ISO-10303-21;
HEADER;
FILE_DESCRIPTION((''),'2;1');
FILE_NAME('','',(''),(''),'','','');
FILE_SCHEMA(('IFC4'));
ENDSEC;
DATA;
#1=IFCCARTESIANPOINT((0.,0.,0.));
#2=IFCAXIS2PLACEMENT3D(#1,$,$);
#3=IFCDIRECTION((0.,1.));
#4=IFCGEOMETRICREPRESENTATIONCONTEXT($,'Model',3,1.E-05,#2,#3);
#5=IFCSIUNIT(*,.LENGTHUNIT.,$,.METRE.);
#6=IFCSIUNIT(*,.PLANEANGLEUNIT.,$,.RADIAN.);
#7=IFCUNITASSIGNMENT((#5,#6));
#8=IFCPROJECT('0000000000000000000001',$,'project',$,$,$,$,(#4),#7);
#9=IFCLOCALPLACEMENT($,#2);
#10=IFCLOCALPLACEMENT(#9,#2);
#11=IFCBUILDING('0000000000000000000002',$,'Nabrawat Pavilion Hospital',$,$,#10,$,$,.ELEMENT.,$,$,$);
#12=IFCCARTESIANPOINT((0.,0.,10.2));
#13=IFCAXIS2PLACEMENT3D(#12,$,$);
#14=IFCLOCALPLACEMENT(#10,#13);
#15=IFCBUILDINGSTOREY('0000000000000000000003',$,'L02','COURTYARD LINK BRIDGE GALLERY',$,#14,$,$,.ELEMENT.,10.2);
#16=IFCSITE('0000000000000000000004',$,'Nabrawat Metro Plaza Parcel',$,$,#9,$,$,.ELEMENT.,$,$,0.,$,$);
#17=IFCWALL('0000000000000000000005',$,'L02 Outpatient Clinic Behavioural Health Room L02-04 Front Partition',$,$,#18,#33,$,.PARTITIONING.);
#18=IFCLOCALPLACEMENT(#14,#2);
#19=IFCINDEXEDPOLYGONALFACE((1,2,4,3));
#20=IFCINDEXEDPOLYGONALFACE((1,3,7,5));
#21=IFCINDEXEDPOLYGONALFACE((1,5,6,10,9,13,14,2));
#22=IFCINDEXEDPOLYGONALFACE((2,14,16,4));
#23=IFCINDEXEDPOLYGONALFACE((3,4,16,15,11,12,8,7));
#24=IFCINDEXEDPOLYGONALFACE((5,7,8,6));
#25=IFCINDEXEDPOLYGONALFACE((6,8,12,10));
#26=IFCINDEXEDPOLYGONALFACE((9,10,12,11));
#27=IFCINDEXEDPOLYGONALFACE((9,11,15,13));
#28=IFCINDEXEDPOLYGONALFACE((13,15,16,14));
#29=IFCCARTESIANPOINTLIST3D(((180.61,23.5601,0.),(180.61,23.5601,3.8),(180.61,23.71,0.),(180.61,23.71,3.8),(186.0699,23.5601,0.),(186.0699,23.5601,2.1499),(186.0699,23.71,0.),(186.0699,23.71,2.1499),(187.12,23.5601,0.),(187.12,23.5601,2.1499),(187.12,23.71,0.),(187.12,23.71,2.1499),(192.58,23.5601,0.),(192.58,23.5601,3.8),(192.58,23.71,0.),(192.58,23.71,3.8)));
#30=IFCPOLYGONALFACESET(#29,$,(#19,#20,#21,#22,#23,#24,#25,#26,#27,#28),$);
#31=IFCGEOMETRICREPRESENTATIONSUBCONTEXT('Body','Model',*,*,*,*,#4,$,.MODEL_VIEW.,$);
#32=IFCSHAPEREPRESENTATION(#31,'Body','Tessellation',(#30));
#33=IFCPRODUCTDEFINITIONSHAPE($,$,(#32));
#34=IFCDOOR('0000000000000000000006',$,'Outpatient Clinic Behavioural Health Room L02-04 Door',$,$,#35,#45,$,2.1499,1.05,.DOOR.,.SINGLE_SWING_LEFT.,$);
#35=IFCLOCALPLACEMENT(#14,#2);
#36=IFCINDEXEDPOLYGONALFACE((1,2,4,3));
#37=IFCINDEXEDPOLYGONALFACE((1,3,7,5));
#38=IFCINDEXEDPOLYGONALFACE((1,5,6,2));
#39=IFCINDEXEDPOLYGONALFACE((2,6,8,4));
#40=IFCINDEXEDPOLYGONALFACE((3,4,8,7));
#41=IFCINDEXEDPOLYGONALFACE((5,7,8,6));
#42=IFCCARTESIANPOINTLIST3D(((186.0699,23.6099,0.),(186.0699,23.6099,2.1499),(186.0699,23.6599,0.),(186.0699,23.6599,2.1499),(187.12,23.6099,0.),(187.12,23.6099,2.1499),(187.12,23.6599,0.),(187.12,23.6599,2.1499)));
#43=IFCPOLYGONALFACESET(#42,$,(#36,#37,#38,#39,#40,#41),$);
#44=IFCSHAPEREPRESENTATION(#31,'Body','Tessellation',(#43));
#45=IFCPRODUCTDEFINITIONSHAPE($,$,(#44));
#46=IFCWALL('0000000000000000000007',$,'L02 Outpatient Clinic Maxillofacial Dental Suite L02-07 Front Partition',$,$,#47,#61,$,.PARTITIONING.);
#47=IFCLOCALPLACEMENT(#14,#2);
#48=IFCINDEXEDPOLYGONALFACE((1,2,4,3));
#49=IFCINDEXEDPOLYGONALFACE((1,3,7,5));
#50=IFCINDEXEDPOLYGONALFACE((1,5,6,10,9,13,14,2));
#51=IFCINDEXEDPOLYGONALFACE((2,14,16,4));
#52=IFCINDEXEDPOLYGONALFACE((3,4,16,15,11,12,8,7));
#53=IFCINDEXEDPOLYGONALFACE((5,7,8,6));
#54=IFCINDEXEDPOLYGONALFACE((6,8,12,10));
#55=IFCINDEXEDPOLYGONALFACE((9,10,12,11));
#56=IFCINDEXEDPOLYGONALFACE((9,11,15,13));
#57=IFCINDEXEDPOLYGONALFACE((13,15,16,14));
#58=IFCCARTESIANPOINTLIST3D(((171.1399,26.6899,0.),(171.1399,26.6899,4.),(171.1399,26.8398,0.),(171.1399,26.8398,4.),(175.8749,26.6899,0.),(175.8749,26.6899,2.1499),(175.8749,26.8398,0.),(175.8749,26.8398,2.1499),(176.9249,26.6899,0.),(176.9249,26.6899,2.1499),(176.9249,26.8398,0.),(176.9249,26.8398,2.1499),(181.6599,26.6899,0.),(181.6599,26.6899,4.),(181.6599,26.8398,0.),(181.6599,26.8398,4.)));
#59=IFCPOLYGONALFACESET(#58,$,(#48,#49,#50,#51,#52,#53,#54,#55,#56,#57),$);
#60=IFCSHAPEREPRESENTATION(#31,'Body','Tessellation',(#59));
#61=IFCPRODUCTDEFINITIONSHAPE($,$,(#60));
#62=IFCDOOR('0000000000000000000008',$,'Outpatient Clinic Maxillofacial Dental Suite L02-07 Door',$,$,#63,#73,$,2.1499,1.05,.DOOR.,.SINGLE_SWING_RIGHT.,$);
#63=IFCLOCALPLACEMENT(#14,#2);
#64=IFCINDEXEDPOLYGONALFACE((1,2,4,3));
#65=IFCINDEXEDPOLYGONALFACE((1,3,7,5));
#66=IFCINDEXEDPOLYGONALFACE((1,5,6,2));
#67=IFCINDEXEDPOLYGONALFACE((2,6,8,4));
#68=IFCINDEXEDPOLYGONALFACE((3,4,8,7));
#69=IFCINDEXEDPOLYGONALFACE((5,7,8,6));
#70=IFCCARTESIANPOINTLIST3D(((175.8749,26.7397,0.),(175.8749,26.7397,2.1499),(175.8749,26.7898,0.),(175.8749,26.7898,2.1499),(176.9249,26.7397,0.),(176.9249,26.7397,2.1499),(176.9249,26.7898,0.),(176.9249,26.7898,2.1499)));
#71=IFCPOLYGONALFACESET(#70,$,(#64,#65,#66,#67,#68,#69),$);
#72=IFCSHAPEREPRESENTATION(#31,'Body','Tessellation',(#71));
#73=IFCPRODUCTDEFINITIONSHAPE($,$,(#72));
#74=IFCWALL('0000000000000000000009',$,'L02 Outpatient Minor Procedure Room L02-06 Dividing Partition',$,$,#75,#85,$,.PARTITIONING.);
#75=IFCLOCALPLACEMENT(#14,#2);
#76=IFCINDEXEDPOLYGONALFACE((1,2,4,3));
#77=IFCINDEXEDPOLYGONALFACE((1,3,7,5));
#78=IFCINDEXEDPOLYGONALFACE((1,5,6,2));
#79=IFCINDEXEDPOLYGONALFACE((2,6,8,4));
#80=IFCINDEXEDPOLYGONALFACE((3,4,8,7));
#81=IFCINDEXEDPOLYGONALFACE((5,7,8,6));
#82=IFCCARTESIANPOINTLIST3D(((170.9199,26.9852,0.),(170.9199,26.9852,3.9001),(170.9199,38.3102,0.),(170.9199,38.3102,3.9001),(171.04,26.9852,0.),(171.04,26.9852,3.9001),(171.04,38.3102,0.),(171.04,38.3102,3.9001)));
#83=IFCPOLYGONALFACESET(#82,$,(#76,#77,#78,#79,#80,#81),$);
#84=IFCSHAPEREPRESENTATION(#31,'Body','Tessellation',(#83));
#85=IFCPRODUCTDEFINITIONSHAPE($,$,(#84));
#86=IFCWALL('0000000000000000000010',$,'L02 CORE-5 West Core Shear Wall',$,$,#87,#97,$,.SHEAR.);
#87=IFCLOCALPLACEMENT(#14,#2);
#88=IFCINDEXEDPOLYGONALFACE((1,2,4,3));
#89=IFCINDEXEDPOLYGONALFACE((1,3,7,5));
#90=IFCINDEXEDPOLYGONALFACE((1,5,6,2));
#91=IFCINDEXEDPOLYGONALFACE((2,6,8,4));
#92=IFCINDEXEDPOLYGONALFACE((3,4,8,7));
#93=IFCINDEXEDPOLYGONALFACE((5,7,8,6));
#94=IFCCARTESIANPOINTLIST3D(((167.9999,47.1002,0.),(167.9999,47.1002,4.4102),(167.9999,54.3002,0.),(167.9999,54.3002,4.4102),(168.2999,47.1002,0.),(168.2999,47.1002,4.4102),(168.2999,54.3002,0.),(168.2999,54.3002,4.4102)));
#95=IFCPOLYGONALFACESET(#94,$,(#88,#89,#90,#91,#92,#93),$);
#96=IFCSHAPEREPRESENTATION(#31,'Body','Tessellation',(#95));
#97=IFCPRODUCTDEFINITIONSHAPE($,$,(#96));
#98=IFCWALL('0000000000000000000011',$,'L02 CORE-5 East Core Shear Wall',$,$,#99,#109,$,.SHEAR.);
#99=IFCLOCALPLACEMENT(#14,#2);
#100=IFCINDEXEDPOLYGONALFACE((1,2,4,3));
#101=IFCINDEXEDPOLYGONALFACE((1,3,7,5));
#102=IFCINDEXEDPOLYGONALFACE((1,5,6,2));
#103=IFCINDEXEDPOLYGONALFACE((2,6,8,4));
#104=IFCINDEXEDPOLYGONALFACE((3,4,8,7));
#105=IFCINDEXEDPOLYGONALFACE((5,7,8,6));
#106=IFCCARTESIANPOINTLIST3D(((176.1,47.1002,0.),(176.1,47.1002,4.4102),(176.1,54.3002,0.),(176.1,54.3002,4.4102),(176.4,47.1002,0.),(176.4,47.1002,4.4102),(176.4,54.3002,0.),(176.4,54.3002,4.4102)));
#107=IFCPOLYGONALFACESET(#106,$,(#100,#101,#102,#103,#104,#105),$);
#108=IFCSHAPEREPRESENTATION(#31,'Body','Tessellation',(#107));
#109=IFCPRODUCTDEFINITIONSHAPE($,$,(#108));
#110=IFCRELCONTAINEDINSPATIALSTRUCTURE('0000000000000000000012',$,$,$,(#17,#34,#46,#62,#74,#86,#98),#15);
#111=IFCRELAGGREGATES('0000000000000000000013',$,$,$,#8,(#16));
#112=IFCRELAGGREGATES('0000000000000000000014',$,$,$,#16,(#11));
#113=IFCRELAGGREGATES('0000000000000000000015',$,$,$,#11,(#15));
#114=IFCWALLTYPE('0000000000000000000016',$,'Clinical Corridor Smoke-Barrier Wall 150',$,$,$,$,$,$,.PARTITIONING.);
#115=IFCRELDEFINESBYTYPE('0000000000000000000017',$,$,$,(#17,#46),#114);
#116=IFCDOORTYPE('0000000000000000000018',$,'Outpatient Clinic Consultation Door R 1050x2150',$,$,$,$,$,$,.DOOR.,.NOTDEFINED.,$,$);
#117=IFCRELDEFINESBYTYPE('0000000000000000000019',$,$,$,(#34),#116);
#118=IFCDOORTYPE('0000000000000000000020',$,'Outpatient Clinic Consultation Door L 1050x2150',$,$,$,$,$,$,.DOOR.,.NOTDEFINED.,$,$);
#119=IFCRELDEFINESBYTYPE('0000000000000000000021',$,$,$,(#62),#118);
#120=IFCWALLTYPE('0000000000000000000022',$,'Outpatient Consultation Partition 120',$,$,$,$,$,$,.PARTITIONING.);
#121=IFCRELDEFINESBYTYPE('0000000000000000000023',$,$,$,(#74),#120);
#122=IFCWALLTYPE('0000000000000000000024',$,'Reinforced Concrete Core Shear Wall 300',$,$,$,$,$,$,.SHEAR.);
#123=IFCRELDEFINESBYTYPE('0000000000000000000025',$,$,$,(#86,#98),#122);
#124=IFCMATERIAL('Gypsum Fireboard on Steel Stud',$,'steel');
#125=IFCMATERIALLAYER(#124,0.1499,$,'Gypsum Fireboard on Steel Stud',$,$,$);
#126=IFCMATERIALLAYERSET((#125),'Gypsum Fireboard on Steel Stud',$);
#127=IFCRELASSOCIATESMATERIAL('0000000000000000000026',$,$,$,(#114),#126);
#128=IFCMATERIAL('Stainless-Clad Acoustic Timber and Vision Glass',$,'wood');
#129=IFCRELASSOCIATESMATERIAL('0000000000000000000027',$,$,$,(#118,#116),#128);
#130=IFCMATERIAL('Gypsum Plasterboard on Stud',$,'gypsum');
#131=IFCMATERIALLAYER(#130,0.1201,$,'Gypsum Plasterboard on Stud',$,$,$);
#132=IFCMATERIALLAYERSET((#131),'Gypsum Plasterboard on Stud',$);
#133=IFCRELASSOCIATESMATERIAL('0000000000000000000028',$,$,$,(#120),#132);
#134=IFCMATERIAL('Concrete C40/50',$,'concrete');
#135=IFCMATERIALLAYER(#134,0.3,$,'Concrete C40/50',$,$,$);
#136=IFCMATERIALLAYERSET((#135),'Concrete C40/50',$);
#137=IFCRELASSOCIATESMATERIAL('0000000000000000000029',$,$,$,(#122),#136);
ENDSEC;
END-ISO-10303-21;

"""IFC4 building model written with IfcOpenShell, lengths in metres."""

from ifc_helpers import new_model, si_unit, direction, frame, frame_2d, origin, place, context, subcontext, project, spatial, rectangle, extrude, material, layer, layer_set, type_object, element, fill, save


model = new_model("IFC4")

# Units and contexts
model_context = context("Model", 3, precision=1e-05, world=origin(), true_north=direction((0.0, 1.0)))
body_context = subcontext(model_context, "Body", "Model", "MODEL_VIEW")
ifc_project = project(units=[si_unit("LENGTHUNIT", "METRE"), si_unit("PLANEANGLEUNIT", "RADIAN")], contexts=[model_context])

# Site, building, storey
site_placement = place(None, origin())
site = spatial("IfcSite", under=ifc_project, at=site_placement, Name="Nabrawat Metro Plaza Parcel", CompositionType="ELEMENT", RefElevation=0.0)
building_placement = place(site_placement, origin())
building = spatial("IfcBuilding", under=site, at=building_placement, Name="Nabrawat Pavilion Hospital", CompositionType="ELEMENT")
storey_placement = place(building_placement, frame((0.0, 0.0, 10.2)))
storey = spatial("IfcBuildingStorey", under=building, at=storey_placement, Name="L02", Description="COURTYARD LINK BRIDGE GALLERY", CompositionType="ELEMENT", Elevation=10.2)

# Walls, openings, doors
ifc_material_1 = material(Name="Gypsum Fireboard on Steel Stud", Category="steel")
ifc_layer_1 = layer(ifc_material_1, 0.1499, Name="Gypsum Fireboard on Steel Stud")
ifc_layer_set_1 = layer_set([ifc_layer_1], Name="Gypsum Fireboard on Steel Stud")
wall_type_1 = type_object("IfcWallType", Name="Clinical Corridor Smoke-Barrier Wall 150", PredefinedType="PARTITIONING", material=ifc_layer_set_1)
ifc_material_2 = material(Name="Stainless-Clad Acoustic Timber and Vision Glass", Category="wood")
door_type_1 = type_object("IfcDoorType", Name="Outpatient Clinic Consultation Door L 1050x2150", OperationType="NOTDEFINED", PredefinedType="DOOR", material=ifc_material_2)
wall_1_placement = place(storey_placement, frame((180.6101, 23.635, 0.0), z_axis=(0.0, 0.0, 1.0), x_axis=(1.0, 0.0, 0.0)))
wall_1 = element("IfcWall", 1, at=wall_1_placement, inside=storey, type_object=wall_type_1, Name="L02 Outpatient Clinic Behavioural Health Room L02-04 Front Partition", PredefinedType="PARTITIONING", context=body_context, shape_type="SweptSolid", body=[
    extrude(rectangle(XDim=11.97, YDim=0.1499, at=frame_2d((5.9849, 0.0))), origin(), (0.0, 0.0, 1.0), 3.8),
])
opening_1_placement = place(wall_1_placement, frame((5.46, 0.0, 0.0)))
opening_1 = element("IfcOpeningElement", 2, at=opening_1_placement, cuts=wall_1, PredefinedType="OPENING", context=body_context, shape_type="SweptSolid", body=[
    extrude(rectangle(XDim=1.05, YDim=2.1499, at=frame_2d((0.5249, 1.075))), frame((0.0, 0.085, 0.0), z_axis=(0.0, -1.0, 0.0), x_axis=(1.0, 0.0, 0.0)), (0.0, 0.0, 1.0), 0.1699),
])
door_type_2 = type_object("IfcDoorType", Name="Outpatient Clinic Consultation Door R 1050x2150", OperationType="NOTDEFINED", PredefinedType="DOOR", material=ifc_material_2)
door_1_placement = place(opening_1_placement, origin())
door_1 = element("IfcDoor", 3, at=door_1_placement, inside=storey, type_object=door_type_2, Name="Outpatient Clinic Behavioural Health Room L02-04 Door", OperationType="SINGLE_SWING_LEFT", OverallHeight=2.1499, OverallWidth=1.05, PredefinedType="DOOR", context=body_context, shape_type="SweptSolid", body=[
    extrude(rectangle(XDim=1.05, YDim=2.1499, at=frame_2d((0.5249, 1.075))), frame((0.0, 0.0249, 0.0), z_axis=(0.0, -1.0, 0.0), x_axis=(1.0, 0.0, 0.0)), (0.0, 0.0, 1.0), 0.05),
])
fill(opening_1, door_1)
wall_2_placement = place(storey_placement, frame((171.1399, 26.7649, 0.0), z_axis=(0.0, 0.0, 1.0), x_axis=(1.0, 0.0, 0.0)))
wall_2 = element("IfcWall", 4, at=wall_2_placement, inside=storey, type_object=wall_type_1, Name="L02 Outpatient Clinic Maxillofacial Dental Suite L02-07 Front Partition", PredefinedType="PARTITIONING", context=body_context, shape_type="SweptSolid", body=[
    extrude(rectangle(XDim=10.52, YDim=0.1499, at=frame_2d((5.26, 0.0))), origin(), (0.0, 0.0, 1.0), 4.0),
])
opening_2_placement = place(wall_2_placement, frame((4.7351, 0.0, 0.0)))
opening_2 = element("IfcOpeningElement", 5, at=opening_2_placement, cuts=wall_2, PredefinedType="OPENING", context=body_context, shape_type="SweptSolid", body=[
    extrude(rectangle(XDim=1.05, YDim=2.1499, at=frame_2d((0.5249, 1.075))), frame((0.0, 0.085, 0.0), z_axis=(0.0, -1.0, 0.0), x_axis=(1.0, 0.0, 0.0)), (0.0, 0.0, 1.0), 0.1699),
])
door_2_placement = place(opening_2_placement, origin())
door_2 = element("IfcDoor", 6, at=door_2_placement, inside=storey, type_object=door_type_1, Name="Outpatient Clinic Maxillofacial Dental Suite L02-07 Door", OperationType="SINGLE_SWING_RIGHT", OverallHeight=2.1499, OverallWidth=1.05, PredefinedType="DOOR", context=body_context, shape_type="SweptSolid", body=[
    extrude(rectangle(XDim=1.05, YDim=2.1499, at=frame_2d((0.5249, 1.075))), frame((0.0, 0.0249, 0.0), z_axis=(0.0, -1.0, 0.0), x_axis=(1.0, 0.0, 0.0)), (0.0, 0.0, 1.0), 0.05),
])
fill(opening_2, door_2)

# Walls
ifc_material_3 = material(Name="Gypsum Plasterboard on Stud", Category="gypsum")
ifc_layer_2 = layer(ifc_material_3, 0.1201, Name="Gypsum Plasterboard on Stud")
ifc_layer_set_2 = layer_set([ifc_layer_2], Name="Gypsum Plasterboard on Stud")
wall_type_2 = type_object("IfcWallType", Name="Outpatient Consultation Partition 120", PredefinedType="PARTITIONING", material=ifc_layer_set_2)
wall_3_placement = place(storey_placement, frame((170.98, 26.9851, 0.0), z_axis=(0.0, 0.0, 1.0), x_axis=(0.0, 1.0, 0.0)))
element("IfcWall", 7, at=wall_3_placement, inside=storey, type_object=wall_type_2, Name="L02 Outpatient Minor Procedure Room L02-06 Dividing Partition", PredefinedType="PARTITIONING", context=body_context, shape_type="SweptSolid", body=[
    extrude(rectangle(XDim=11.325, YDim=0.1201, at=frame_2d((5.6626, 0.0))), origin(), (0.0, 0.0, 1.0), 3.9001),
])
ifc_material_4 = material(Name="Concrete C40/50", Category="concrete")
ifc_layer_3 = layer(ifc_material_4, 0.3, Name="Concrete C40/50")
ifc_layer_set_3 = layer_set([ifc_layer_3], Name="Concrete C40/50")
wall_type_3 = type_object("IfcWallType", Name="Reinforced Concrete Core Shear Wall 300", PredefinedType="SHEAR", material=ifc_layer_set_3)
for number, where, z_axis, x_axis, name in (
    (8, (168.1499, 47.1001, 0.0), (0.0, 0.0, 1.0), (0.0, 1.0, 0.0), "L02 CORE-5 West Core Shear Wall"),
    (9, (176.25, 47.1001, 0.0), (0.0, 0.0, 1.0), (0.0, 1.0, 0.0), "L02 CORE-5 East Core Shear Wall"),
):
    element("IfcWall", number, at=place(storey_placement, frame(where, z_axis=z_axis, x_axis=x_axis)), inside=storey, type_object=wall_type_3, Name=name, PredefinedType="SHEAR", context=body_context, shape_type="SweptSolid", body=[
        extrude(rectangle(XDim=7.2, YDim=0.3, at=frame_2d((3.6001, 0.0))), origin(), (0.0, 0.0, 1.0), 4.4102),
    ])

save(model, "model.ifc")
